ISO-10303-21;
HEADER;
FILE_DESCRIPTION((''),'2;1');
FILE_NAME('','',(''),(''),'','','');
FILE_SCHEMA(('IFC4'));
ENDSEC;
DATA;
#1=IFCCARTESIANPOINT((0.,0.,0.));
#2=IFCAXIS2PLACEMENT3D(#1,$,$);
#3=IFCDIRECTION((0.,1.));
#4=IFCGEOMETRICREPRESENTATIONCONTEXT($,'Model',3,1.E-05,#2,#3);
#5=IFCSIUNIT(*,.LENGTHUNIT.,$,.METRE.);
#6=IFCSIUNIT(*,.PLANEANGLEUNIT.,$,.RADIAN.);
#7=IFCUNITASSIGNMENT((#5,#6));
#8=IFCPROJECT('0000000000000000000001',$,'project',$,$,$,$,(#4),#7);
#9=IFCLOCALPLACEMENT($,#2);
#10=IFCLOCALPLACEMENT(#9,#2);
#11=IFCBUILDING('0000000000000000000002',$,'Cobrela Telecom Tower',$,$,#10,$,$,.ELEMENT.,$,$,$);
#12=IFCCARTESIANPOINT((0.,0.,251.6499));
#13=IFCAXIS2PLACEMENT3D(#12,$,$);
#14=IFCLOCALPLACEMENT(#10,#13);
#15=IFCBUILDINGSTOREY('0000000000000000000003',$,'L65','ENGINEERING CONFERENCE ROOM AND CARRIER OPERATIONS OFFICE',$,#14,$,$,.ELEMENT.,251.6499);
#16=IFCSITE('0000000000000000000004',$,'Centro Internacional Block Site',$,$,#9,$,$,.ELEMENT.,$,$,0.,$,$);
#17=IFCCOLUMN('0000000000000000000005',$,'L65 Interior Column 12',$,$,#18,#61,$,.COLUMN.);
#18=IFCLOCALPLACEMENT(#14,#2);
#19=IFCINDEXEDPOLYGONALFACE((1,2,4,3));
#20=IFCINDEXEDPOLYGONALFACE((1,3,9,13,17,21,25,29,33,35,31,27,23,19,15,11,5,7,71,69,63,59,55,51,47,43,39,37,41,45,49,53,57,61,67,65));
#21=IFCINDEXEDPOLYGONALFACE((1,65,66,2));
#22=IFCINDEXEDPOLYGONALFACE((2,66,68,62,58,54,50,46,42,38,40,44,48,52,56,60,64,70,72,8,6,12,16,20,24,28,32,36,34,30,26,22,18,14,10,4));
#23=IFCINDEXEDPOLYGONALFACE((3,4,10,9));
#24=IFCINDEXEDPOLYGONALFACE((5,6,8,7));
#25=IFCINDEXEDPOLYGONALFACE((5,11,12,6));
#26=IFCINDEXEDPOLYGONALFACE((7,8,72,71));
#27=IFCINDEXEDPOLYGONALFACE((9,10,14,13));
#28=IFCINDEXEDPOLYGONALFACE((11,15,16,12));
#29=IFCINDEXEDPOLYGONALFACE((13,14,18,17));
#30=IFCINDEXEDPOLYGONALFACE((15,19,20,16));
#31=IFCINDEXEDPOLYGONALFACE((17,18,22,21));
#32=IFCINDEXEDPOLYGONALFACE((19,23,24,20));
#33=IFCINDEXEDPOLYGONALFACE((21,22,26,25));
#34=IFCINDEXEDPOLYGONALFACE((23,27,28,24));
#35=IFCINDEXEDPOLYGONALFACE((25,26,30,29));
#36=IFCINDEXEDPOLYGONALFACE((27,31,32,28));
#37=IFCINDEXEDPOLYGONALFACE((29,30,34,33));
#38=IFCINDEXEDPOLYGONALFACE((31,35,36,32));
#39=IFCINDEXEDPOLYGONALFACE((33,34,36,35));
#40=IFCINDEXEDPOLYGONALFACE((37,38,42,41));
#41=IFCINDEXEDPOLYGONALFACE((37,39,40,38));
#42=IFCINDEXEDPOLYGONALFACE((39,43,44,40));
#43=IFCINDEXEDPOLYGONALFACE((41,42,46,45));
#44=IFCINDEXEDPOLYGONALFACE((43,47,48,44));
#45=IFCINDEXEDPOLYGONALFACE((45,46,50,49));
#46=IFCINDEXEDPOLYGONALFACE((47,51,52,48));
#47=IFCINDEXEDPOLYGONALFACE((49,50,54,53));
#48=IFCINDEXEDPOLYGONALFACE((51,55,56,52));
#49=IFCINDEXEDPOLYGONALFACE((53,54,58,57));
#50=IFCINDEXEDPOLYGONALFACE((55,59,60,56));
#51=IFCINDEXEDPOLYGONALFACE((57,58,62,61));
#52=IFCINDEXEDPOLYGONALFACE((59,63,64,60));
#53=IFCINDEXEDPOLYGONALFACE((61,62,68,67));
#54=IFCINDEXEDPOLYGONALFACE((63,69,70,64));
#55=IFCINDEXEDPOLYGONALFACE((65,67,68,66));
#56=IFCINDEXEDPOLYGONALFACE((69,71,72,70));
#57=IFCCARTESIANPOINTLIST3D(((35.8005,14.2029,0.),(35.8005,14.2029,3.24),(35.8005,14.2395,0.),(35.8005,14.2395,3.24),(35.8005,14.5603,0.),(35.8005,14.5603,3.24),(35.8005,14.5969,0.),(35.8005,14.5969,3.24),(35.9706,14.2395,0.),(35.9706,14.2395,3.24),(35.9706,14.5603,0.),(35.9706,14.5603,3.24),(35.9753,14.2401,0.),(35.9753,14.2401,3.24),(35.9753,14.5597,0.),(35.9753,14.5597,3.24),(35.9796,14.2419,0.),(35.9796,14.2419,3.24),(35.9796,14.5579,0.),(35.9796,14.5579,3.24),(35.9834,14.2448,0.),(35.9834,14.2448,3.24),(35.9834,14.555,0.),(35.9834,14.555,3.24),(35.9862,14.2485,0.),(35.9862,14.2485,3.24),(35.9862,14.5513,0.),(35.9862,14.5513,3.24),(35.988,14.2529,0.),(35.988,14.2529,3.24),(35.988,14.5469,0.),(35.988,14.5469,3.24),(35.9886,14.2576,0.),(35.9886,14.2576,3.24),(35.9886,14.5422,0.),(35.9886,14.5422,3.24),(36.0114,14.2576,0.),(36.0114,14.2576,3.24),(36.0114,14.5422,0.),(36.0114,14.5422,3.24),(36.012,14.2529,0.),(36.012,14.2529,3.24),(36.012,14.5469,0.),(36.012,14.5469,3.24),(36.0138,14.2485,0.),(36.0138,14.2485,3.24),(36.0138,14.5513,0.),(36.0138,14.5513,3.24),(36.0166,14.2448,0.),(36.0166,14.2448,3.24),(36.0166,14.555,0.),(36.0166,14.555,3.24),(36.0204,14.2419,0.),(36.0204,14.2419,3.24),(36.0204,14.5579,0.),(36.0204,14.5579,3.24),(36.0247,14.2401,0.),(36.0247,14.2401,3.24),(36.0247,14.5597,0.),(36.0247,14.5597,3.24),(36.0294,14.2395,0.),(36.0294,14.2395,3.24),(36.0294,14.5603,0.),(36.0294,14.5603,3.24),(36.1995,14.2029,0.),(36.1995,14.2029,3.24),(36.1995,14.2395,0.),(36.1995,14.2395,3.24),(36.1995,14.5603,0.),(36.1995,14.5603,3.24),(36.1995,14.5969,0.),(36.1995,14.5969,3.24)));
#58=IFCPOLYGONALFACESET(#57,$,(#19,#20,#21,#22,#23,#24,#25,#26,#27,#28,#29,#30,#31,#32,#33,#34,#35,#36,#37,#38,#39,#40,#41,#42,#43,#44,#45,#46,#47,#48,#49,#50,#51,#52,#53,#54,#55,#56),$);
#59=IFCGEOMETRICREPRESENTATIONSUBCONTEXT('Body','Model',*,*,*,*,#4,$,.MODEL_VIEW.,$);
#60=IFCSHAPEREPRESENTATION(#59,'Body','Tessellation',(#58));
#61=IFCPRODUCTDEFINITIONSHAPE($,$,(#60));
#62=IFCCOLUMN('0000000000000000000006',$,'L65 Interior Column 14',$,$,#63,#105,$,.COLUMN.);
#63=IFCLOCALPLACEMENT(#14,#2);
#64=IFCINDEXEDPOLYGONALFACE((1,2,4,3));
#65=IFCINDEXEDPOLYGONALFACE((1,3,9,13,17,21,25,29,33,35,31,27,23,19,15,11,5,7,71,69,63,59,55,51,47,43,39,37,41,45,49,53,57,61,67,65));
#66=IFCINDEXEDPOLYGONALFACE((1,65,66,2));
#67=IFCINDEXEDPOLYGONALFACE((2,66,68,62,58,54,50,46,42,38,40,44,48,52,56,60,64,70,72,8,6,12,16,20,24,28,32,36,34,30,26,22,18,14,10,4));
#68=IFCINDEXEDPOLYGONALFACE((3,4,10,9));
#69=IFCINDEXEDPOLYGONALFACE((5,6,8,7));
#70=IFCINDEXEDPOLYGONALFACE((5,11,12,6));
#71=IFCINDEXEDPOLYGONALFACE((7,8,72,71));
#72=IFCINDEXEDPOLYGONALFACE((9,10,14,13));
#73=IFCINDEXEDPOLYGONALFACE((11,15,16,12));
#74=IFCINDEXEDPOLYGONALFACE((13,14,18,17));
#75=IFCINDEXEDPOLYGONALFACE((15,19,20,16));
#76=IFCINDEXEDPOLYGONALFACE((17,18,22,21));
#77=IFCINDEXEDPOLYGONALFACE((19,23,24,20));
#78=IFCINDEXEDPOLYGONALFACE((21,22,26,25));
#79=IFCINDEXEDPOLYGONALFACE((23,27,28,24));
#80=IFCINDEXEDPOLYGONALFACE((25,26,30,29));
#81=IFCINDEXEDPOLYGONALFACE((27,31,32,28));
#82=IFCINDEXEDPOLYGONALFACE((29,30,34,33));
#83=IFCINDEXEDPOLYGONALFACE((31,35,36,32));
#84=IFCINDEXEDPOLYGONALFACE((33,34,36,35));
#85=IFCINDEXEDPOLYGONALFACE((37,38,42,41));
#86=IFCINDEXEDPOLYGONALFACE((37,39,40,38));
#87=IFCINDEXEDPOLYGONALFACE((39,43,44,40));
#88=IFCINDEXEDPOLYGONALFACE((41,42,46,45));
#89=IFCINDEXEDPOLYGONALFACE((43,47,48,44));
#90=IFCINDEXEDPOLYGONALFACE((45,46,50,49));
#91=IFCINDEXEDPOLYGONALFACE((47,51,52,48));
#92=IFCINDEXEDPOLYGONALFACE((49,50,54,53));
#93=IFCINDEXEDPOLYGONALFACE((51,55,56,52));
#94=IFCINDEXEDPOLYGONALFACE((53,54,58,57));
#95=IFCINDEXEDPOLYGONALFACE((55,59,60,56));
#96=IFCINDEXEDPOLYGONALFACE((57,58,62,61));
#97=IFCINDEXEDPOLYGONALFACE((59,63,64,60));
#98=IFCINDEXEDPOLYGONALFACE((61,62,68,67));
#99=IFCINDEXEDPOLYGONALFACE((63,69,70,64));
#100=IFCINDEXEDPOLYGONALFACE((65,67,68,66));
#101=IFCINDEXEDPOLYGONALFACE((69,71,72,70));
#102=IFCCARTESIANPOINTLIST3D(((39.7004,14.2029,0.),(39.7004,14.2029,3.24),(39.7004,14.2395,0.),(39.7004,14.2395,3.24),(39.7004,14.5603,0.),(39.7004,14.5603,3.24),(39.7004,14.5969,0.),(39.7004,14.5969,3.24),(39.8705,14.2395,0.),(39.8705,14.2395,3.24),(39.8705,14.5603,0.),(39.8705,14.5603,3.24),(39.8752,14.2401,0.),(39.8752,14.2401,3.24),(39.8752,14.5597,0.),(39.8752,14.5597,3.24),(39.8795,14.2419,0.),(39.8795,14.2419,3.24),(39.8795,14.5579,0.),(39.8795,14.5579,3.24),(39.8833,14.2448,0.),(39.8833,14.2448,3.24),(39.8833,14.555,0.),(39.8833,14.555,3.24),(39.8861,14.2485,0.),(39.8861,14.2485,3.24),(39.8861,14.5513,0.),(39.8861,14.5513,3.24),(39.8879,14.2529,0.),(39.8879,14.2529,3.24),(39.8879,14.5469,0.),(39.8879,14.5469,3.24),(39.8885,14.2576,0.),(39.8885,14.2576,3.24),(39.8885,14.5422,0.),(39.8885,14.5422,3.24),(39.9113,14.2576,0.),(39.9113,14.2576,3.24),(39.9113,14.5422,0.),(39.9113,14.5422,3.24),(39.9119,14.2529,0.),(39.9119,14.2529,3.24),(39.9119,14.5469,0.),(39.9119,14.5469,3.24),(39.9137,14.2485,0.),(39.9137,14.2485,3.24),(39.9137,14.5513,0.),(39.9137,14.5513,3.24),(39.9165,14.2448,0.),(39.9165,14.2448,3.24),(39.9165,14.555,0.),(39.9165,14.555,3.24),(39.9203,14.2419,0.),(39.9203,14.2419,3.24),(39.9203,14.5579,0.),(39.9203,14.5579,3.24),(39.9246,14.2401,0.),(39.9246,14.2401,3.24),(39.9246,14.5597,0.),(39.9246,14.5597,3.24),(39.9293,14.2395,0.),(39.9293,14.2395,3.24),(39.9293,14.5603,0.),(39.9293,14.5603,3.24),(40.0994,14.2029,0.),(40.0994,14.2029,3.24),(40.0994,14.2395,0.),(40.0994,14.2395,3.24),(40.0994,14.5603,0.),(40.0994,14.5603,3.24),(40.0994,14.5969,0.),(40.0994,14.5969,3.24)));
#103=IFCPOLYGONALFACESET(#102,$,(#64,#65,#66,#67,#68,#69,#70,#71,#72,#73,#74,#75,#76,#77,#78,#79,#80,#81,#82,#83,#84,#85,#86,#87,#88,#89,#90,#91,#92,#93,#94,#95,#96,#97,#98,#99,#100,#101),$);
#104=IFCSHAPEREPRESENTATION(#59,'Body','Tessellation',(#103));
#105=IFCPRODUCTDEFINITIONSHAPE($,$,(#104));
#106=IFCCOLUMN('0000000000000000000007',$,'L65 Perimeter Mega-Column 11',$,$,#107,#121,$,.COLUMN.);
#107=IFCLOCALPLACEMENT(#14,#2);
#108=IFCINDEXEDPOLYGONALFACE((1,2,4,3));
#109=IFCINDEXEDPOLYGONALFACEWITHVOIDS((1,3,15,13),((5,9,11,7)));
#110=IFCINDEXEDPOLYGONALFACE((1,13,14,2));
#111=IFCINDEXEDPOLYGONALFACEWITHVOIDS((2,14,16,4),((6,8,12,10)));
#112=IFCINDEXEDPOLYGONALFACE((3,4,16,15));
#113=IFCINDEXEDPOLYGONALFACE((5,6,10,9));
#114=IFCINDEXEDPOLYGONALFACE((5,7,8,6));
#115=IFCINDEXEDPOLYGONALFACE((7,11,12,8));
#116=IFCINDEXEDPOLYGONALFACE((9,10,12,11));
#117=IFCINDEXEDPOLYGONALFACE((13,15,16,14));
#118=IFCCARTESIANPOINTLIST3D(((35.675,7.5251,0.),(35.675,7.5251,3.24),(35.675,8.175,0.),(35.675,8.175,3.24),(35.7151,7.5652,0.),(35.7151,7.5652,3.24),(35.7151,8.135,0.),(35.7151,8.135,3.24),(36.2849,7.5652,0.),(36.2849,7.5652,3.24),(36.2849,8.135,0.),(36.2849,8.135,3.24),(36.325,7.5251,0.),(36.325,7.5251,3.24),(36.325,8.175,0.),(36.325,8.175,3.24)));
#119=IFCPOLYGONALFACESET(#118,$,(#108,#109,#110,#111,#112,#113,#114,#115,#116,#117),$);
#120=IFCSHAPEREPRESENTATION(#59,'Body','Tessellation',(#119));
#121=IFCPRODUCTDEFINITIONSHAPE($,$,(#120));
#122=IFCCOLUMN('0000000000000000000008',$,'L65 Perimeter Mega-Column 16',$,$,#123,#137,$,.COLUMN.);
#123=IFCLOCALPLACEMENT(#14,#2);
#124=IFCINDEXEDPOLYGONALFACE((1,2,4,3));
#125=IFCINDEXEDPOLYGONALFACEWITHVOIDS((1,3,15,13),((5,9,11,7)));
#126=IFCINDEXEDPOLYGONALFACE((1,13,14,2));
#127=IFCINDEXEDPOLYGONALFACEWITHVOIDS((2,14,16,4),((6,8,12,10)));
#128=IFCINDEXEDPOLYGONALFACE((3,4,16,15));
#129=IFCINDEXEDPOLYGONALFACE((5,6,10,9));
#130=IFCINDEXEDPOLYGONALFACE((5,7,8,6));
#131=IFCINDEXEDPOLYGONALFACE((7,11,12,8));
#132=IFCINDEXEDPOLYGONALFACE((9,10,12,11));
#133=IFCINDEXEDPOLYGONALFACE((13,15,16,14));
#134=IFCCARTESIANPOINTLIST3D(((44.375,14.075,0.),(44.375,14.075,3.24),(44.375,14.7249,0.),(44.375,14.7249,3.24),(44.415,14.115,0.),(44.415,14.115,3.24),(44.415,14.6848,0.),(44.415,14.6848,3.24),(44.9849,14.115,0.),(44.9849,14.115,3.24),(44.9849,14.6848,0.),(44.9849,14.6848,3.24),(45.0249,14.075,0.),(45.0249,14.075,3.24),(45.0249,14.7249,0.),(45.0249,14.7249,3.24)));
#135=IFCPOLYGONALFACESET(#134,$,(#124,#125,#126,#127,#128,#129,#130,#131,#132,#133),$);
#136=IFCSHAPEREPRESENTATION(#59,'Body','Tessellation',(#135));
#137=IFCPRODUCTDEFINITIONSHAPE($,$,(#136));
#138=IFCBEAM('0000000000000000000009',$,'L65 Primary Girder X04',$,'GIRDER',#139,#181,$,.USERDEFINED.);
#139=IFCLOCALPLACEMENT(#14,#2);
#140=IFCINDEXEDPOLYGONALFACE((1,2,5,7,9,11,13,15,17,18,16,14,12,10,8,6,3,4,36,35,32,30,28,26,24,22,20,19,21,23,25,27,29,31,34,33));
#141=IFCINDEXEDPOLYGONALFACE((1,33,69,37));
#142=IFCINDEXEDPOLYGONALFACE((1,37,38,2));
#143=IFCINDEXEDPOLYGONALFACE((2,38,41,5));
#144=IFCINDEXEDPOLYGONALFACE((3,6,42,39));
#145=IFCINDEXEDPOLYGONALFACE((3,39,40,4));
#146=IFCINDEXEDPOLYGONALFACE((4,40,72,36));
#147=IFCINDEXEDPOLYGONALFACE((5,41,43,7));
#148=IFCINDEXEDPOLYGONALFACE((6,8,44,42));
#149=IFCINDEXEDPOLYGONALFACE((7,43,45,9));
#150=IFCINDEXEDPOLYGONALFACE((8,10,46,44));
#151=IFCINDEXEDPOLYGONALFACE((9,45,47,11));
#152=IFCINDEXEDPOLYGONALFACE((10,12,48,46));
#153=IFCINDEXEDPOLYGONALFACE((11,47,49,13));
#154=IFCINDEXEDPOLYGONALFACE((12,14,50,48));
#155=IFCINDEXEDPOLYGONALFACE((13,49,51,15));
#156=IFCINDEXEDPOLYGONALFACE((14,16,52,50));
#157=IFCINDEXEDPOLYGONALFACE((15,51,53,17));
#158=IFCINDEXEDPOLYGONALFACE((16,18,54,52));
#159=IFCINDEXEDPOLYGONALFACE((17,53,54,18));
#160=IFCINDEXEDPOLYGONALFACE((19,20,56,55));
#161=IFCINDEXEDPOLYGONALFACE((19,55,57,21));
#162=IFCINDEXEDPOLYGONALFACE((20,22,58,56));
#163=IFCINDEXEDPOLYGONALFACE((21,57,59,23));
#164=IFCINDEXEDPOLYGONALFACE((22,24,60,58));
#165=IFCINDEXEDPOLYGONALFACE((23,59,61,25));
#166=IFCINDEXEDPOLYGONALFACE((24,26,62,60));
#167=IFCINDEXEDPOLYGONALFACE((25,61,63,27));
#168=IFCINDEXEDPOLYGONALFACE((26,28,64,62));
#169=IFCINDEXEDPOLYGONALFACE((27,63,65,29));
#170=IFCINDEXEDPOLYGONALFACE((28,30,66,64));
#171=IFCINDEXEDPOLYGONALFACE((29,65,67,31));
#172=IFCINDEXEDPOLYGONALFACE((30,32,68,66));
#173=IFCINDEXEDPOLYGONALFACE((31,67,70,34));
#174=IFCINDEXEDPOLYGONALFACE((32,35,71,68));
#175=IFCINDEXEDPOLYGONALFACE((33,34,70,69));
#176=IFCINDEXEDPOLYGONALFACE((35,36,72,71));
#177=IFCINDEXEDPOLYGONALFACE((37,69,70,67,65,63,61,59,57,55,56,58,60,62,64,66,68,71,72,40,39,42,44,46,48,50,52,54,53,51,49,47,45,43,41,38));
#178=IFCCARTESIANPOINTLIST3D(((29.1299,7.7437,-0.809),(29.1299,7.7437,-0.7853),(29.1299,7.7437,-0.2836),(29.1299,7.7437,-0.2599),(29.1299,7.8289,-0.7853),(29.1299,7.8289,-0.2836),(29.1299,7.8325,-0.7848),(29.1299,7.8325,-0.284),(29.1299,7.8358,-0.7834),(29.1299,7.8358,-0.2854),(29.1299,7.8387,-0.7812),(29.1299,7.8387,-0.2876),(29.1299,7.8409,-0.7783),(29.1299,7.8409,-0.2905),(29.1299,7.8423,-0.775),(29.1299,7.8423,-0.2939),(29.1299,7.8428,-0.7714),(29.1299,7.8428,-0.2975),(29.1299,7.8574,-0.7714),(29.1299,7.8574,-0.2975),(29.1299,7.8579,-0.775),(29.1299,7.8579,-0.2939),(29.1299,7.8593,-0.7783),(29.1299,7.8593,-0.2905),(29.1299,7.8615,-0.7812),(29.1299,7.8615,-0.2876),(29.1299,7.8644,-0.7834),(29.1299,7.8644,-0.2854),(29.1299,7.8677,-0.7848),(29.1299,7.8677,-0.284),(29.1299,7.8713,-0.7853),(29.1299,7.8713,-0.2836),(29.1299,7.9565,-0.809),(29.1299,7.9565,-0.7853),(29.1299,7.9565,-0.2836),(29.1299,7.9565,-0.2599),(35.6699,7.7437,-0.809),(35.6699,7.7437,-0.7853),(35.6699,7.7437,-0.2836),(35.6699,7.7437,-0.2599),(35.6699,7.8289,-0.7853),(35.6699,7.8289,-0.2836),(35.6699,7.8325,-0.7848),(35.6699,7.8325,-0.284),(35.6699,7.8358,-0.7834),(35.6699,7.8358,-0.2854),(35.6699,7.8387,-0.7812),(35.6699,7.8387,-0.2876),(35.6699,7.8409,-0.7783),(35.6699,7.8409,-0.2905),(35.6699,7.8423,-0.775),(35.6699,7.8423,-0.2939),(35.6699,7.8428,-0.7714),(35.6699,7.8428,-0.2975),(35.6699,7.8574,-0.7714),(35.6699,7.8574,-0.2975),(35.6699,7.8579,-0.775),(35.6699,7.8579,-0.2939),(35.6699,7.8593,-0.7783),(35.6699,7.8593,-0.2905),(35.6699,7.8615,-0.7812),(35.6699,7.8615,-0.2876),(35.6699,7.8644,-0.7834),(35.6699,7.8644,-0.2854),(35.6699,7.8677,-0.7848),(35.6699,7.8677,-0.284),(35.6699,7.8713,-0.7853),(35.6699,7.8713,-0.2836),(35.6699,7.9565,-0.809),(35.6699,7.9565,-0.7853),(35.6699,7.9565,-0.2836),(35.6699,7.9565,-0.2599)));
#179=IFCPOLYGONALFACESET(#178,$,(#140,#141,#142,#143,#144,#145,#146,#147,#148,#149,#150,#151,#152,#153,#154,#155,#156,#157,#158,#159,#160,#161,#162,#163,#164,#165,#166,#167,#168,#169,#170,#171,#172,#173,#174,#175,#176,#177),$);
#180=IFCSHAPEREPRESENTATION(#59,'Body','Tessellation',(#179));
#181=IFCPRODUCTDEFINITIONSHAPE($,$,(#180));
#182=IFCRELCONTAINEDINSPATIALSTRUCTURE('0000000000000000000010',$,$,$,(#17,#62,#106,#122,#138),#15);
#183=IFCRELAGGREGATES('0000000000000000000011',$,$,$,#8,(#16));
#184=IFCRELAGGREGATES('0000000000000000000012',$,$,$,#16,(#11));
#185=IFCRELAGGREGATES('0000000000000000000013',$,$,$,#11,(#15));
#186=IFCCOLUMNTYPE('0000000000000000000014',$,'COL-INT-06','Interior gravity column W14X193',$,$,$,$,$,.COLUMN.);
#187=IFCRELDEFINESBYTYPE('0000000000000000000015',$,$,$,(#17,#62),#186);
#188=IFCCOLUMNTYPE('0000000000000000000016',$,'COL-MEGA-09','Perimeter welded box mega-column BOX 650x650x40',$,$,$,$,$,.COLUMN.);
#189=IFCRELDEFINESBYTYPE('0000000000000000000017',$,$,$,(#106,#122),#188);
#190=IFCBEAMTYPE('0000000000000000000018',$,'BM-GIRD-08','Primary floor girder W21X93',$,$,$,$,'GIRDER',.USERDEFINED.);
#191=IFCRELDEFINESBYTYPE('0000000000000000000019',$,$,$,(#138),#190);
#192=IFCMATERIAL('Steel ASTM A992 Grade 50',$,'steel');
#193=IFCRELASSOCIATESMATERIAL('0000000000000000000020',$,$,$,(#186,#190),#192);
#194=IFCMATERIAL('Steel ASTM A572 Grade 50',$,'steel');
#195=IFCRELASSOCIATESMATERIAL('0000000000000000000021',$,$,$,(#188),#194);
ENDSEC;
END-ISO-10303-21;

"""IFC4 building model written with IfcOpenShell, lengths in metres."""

from ifc_helpers import new_model, si_unit, direction, frame, origin, origin_2d, place, context, subcontext, project, spatial, hollow_rectangle, i_section, extrude, material, material_profile, profile_set, type_object, element, save


model = new_model("IFC4")

# Units and contexts
model_context = context("Model", 3, precision=1e-05, world=origin(), true_north=direction((0.0, 1.0)))
body_context = subcontext(model_context, "Body", "Model", "MODEL_VIEW")
ifc_project = project(units=[si_unit("LENGTHUNIT", "METRE"), si_unit("PLANEANGLEUNIT", "RADIAN")], contexts=[model_context])

# Site, building, storey
site_placement = place(None, origin())
site = spatial("IfcSite", under=ifc_project, at=site_placement, Name="Centro Internacional Block Site", CompositionType="ELEMENT", RefElevation=0.0)
building_placement = place(site_placement, origin())
building = spatial("IfcBuilding", under=site, at=building_placement, Name="Cobrela Telecom Tower", CompositionType="ELEMENT")
storey_placement = place(building_placement, frame((0.0, 0.0, 251.6499)))
storey = spatial("IfcBuildingStorey", under=building, at=storey_placement, Name="L65", Description="ENGINEERING CONFERENCE ROOM AND CARRIER OPERATIONS OFFICE", CompositionType="ELEMENT", Elevation=251.6499)

# Columns
ifc_material_1 = material(Name="Steel ASTM A992 Grade 50", Category="steel")
ifc_material_profile_1 = material_profile(ifc_material_1, i_section(OverallWidth=0.3989, OverallDepth=0.394, WebThickness=0.0227, FlangeThickness=0.0366, FilletRadius=0.0181, at=origin_2d()), Name="W14X193")
ifc_profile_set_1 = profile_set([ifc_material_profile_1], Name="Steel ASTM A992 Grade 50")
column_type_1 = type_object("IfcColumnType", Name="COL-INT-06", Description="Interior gravity column W14X193", PredefinedType="COLUMN", material=ifc_profile_set_1)
for number, where, z_axis, x_axis, name in (
    (1, (36.0, 14.3999, 0.0), (0.0, 0.0, 1.0), (1.0, 0.0, 0.0), "L65 Interior Column 12"),
    (2, (39.8999, 14.3999, 0.0), (0.0, 0.0, 1.0), (1.0, 0.0, 0.0), "L65 Interior Column 14"),
):
    element("IfcColumn", number, at=place(storey_placement, frame(where, z_axis=z_axis, x_axis=x_axis)), inside=storey, type_object=column_type_1, Name=name, PredefinedType="COLUMN", context=body_context, shape_type="SweptSolid", body=[
        extrude(i_section(OverallWidth=0.3989, OverallDepth=0.394, WebThickness=0.0227, FlangeThickness=0.0366, FilletRadius=0.0181, at=origin_2d()), origin(), (0.0, 0.0, 1.0), 3.24),
    ])
ifc_material_2 = material(Name="Steel ASTM A572 Grade 50", Category="steel")
ifc_material_profile_2 = material_profile(ifc_material_2, hollow_rectangle(XDim=0.6499, YDim=0.6499, WallThickness=0.04, at=origin_2d()), Name="BOX 650x650x40")
ifc_profile_set_2 = profile_set([ifc_material_profile_2], Name="Steel ASTM A572 Grade 50")
column_type_2 = type_object("IfcColumnType", Name="COL-MEGA-09", Description="Perimeter welded box mega-column BOX 650x650x40", PredefinedType="COLUMN", material=ifc_profile_set_2)
for number, where, z_axis, x_axis, name in (
    (3, (36.0, 7.8501, 0.0), (0.0, 0.0, 1.0), (1.0, 0.0, 0.0), "L65 Perimeter Mega-Column 11"),
    (4, (44.7, 14.3999, 0.0), (0.0, 0.0, 1.0), (1.0, 0.0, 0.0), "L65 Perimeter Mega-Column 16"),
):
    element("IfcColumn", number, at=place(storey_placement, frame(where, z_axis=z_axis, x_axis=x_axis)), inside=storey, type_object=column_type_2, Name=name, PredefinedType="COLUMN", context=body_context, shape_type="SweptSolid", body=[
        extrude(hollow_rectangle(XDim=0.6499, YDim=0.6499, WallThickness=0.04, at=origin_2d()), origin(), (0.0, 0.0, 1.0), 3.24),
    ])

# Beam
ifc_material_profile_3 = material_profile(ifc_material_1, i_section(OverallWidth=0.2129, OverallDepth=0.5491, WebThickness=0.0146, FlangeThickness=0.0237, FilletRadius=0.0139, at=origin_2d()), Name="W21X93")
ifc_profile_set_3 = profile_set([ifc_material_profile_3], Name="Steel ASTM A992 Grade 50")
beam_type_1 = type_object("IfcBeamType", Name="BM-GIRD-08", Description="Primary floor girder W21X93", ElementType="GIRDER", PredefinedType="USERDEFINED", material=ifc_profile_set_3)
beam_1_placement = place(storey_placement, frame((29.1299, 7.8501, -0.5344), z_axis=(1.0, 0.0, 0.0), x_axis=(0.0, 1.0, 0.0)))
element("IfcBeam", 5, at=beam_1_placement, inside=storey, type_object=beam_type_1, Name="L65 Primary Girder X04", ObjectType="GIRDER", PredefinedType="USERDEFINED", context=body_context, shape_type="SweptSolid", body=[
    extrude(i_section(OverallWidth=0.2129, OverallDepth=0.5491, WebThickness=0.0146, FlangeThickness=0.0237, FilletRadius=0.0139, at=origin_2d()), origin(), (0.0, 0.0, 1.0), 6.54),
])

save(model, "model.ifc")
